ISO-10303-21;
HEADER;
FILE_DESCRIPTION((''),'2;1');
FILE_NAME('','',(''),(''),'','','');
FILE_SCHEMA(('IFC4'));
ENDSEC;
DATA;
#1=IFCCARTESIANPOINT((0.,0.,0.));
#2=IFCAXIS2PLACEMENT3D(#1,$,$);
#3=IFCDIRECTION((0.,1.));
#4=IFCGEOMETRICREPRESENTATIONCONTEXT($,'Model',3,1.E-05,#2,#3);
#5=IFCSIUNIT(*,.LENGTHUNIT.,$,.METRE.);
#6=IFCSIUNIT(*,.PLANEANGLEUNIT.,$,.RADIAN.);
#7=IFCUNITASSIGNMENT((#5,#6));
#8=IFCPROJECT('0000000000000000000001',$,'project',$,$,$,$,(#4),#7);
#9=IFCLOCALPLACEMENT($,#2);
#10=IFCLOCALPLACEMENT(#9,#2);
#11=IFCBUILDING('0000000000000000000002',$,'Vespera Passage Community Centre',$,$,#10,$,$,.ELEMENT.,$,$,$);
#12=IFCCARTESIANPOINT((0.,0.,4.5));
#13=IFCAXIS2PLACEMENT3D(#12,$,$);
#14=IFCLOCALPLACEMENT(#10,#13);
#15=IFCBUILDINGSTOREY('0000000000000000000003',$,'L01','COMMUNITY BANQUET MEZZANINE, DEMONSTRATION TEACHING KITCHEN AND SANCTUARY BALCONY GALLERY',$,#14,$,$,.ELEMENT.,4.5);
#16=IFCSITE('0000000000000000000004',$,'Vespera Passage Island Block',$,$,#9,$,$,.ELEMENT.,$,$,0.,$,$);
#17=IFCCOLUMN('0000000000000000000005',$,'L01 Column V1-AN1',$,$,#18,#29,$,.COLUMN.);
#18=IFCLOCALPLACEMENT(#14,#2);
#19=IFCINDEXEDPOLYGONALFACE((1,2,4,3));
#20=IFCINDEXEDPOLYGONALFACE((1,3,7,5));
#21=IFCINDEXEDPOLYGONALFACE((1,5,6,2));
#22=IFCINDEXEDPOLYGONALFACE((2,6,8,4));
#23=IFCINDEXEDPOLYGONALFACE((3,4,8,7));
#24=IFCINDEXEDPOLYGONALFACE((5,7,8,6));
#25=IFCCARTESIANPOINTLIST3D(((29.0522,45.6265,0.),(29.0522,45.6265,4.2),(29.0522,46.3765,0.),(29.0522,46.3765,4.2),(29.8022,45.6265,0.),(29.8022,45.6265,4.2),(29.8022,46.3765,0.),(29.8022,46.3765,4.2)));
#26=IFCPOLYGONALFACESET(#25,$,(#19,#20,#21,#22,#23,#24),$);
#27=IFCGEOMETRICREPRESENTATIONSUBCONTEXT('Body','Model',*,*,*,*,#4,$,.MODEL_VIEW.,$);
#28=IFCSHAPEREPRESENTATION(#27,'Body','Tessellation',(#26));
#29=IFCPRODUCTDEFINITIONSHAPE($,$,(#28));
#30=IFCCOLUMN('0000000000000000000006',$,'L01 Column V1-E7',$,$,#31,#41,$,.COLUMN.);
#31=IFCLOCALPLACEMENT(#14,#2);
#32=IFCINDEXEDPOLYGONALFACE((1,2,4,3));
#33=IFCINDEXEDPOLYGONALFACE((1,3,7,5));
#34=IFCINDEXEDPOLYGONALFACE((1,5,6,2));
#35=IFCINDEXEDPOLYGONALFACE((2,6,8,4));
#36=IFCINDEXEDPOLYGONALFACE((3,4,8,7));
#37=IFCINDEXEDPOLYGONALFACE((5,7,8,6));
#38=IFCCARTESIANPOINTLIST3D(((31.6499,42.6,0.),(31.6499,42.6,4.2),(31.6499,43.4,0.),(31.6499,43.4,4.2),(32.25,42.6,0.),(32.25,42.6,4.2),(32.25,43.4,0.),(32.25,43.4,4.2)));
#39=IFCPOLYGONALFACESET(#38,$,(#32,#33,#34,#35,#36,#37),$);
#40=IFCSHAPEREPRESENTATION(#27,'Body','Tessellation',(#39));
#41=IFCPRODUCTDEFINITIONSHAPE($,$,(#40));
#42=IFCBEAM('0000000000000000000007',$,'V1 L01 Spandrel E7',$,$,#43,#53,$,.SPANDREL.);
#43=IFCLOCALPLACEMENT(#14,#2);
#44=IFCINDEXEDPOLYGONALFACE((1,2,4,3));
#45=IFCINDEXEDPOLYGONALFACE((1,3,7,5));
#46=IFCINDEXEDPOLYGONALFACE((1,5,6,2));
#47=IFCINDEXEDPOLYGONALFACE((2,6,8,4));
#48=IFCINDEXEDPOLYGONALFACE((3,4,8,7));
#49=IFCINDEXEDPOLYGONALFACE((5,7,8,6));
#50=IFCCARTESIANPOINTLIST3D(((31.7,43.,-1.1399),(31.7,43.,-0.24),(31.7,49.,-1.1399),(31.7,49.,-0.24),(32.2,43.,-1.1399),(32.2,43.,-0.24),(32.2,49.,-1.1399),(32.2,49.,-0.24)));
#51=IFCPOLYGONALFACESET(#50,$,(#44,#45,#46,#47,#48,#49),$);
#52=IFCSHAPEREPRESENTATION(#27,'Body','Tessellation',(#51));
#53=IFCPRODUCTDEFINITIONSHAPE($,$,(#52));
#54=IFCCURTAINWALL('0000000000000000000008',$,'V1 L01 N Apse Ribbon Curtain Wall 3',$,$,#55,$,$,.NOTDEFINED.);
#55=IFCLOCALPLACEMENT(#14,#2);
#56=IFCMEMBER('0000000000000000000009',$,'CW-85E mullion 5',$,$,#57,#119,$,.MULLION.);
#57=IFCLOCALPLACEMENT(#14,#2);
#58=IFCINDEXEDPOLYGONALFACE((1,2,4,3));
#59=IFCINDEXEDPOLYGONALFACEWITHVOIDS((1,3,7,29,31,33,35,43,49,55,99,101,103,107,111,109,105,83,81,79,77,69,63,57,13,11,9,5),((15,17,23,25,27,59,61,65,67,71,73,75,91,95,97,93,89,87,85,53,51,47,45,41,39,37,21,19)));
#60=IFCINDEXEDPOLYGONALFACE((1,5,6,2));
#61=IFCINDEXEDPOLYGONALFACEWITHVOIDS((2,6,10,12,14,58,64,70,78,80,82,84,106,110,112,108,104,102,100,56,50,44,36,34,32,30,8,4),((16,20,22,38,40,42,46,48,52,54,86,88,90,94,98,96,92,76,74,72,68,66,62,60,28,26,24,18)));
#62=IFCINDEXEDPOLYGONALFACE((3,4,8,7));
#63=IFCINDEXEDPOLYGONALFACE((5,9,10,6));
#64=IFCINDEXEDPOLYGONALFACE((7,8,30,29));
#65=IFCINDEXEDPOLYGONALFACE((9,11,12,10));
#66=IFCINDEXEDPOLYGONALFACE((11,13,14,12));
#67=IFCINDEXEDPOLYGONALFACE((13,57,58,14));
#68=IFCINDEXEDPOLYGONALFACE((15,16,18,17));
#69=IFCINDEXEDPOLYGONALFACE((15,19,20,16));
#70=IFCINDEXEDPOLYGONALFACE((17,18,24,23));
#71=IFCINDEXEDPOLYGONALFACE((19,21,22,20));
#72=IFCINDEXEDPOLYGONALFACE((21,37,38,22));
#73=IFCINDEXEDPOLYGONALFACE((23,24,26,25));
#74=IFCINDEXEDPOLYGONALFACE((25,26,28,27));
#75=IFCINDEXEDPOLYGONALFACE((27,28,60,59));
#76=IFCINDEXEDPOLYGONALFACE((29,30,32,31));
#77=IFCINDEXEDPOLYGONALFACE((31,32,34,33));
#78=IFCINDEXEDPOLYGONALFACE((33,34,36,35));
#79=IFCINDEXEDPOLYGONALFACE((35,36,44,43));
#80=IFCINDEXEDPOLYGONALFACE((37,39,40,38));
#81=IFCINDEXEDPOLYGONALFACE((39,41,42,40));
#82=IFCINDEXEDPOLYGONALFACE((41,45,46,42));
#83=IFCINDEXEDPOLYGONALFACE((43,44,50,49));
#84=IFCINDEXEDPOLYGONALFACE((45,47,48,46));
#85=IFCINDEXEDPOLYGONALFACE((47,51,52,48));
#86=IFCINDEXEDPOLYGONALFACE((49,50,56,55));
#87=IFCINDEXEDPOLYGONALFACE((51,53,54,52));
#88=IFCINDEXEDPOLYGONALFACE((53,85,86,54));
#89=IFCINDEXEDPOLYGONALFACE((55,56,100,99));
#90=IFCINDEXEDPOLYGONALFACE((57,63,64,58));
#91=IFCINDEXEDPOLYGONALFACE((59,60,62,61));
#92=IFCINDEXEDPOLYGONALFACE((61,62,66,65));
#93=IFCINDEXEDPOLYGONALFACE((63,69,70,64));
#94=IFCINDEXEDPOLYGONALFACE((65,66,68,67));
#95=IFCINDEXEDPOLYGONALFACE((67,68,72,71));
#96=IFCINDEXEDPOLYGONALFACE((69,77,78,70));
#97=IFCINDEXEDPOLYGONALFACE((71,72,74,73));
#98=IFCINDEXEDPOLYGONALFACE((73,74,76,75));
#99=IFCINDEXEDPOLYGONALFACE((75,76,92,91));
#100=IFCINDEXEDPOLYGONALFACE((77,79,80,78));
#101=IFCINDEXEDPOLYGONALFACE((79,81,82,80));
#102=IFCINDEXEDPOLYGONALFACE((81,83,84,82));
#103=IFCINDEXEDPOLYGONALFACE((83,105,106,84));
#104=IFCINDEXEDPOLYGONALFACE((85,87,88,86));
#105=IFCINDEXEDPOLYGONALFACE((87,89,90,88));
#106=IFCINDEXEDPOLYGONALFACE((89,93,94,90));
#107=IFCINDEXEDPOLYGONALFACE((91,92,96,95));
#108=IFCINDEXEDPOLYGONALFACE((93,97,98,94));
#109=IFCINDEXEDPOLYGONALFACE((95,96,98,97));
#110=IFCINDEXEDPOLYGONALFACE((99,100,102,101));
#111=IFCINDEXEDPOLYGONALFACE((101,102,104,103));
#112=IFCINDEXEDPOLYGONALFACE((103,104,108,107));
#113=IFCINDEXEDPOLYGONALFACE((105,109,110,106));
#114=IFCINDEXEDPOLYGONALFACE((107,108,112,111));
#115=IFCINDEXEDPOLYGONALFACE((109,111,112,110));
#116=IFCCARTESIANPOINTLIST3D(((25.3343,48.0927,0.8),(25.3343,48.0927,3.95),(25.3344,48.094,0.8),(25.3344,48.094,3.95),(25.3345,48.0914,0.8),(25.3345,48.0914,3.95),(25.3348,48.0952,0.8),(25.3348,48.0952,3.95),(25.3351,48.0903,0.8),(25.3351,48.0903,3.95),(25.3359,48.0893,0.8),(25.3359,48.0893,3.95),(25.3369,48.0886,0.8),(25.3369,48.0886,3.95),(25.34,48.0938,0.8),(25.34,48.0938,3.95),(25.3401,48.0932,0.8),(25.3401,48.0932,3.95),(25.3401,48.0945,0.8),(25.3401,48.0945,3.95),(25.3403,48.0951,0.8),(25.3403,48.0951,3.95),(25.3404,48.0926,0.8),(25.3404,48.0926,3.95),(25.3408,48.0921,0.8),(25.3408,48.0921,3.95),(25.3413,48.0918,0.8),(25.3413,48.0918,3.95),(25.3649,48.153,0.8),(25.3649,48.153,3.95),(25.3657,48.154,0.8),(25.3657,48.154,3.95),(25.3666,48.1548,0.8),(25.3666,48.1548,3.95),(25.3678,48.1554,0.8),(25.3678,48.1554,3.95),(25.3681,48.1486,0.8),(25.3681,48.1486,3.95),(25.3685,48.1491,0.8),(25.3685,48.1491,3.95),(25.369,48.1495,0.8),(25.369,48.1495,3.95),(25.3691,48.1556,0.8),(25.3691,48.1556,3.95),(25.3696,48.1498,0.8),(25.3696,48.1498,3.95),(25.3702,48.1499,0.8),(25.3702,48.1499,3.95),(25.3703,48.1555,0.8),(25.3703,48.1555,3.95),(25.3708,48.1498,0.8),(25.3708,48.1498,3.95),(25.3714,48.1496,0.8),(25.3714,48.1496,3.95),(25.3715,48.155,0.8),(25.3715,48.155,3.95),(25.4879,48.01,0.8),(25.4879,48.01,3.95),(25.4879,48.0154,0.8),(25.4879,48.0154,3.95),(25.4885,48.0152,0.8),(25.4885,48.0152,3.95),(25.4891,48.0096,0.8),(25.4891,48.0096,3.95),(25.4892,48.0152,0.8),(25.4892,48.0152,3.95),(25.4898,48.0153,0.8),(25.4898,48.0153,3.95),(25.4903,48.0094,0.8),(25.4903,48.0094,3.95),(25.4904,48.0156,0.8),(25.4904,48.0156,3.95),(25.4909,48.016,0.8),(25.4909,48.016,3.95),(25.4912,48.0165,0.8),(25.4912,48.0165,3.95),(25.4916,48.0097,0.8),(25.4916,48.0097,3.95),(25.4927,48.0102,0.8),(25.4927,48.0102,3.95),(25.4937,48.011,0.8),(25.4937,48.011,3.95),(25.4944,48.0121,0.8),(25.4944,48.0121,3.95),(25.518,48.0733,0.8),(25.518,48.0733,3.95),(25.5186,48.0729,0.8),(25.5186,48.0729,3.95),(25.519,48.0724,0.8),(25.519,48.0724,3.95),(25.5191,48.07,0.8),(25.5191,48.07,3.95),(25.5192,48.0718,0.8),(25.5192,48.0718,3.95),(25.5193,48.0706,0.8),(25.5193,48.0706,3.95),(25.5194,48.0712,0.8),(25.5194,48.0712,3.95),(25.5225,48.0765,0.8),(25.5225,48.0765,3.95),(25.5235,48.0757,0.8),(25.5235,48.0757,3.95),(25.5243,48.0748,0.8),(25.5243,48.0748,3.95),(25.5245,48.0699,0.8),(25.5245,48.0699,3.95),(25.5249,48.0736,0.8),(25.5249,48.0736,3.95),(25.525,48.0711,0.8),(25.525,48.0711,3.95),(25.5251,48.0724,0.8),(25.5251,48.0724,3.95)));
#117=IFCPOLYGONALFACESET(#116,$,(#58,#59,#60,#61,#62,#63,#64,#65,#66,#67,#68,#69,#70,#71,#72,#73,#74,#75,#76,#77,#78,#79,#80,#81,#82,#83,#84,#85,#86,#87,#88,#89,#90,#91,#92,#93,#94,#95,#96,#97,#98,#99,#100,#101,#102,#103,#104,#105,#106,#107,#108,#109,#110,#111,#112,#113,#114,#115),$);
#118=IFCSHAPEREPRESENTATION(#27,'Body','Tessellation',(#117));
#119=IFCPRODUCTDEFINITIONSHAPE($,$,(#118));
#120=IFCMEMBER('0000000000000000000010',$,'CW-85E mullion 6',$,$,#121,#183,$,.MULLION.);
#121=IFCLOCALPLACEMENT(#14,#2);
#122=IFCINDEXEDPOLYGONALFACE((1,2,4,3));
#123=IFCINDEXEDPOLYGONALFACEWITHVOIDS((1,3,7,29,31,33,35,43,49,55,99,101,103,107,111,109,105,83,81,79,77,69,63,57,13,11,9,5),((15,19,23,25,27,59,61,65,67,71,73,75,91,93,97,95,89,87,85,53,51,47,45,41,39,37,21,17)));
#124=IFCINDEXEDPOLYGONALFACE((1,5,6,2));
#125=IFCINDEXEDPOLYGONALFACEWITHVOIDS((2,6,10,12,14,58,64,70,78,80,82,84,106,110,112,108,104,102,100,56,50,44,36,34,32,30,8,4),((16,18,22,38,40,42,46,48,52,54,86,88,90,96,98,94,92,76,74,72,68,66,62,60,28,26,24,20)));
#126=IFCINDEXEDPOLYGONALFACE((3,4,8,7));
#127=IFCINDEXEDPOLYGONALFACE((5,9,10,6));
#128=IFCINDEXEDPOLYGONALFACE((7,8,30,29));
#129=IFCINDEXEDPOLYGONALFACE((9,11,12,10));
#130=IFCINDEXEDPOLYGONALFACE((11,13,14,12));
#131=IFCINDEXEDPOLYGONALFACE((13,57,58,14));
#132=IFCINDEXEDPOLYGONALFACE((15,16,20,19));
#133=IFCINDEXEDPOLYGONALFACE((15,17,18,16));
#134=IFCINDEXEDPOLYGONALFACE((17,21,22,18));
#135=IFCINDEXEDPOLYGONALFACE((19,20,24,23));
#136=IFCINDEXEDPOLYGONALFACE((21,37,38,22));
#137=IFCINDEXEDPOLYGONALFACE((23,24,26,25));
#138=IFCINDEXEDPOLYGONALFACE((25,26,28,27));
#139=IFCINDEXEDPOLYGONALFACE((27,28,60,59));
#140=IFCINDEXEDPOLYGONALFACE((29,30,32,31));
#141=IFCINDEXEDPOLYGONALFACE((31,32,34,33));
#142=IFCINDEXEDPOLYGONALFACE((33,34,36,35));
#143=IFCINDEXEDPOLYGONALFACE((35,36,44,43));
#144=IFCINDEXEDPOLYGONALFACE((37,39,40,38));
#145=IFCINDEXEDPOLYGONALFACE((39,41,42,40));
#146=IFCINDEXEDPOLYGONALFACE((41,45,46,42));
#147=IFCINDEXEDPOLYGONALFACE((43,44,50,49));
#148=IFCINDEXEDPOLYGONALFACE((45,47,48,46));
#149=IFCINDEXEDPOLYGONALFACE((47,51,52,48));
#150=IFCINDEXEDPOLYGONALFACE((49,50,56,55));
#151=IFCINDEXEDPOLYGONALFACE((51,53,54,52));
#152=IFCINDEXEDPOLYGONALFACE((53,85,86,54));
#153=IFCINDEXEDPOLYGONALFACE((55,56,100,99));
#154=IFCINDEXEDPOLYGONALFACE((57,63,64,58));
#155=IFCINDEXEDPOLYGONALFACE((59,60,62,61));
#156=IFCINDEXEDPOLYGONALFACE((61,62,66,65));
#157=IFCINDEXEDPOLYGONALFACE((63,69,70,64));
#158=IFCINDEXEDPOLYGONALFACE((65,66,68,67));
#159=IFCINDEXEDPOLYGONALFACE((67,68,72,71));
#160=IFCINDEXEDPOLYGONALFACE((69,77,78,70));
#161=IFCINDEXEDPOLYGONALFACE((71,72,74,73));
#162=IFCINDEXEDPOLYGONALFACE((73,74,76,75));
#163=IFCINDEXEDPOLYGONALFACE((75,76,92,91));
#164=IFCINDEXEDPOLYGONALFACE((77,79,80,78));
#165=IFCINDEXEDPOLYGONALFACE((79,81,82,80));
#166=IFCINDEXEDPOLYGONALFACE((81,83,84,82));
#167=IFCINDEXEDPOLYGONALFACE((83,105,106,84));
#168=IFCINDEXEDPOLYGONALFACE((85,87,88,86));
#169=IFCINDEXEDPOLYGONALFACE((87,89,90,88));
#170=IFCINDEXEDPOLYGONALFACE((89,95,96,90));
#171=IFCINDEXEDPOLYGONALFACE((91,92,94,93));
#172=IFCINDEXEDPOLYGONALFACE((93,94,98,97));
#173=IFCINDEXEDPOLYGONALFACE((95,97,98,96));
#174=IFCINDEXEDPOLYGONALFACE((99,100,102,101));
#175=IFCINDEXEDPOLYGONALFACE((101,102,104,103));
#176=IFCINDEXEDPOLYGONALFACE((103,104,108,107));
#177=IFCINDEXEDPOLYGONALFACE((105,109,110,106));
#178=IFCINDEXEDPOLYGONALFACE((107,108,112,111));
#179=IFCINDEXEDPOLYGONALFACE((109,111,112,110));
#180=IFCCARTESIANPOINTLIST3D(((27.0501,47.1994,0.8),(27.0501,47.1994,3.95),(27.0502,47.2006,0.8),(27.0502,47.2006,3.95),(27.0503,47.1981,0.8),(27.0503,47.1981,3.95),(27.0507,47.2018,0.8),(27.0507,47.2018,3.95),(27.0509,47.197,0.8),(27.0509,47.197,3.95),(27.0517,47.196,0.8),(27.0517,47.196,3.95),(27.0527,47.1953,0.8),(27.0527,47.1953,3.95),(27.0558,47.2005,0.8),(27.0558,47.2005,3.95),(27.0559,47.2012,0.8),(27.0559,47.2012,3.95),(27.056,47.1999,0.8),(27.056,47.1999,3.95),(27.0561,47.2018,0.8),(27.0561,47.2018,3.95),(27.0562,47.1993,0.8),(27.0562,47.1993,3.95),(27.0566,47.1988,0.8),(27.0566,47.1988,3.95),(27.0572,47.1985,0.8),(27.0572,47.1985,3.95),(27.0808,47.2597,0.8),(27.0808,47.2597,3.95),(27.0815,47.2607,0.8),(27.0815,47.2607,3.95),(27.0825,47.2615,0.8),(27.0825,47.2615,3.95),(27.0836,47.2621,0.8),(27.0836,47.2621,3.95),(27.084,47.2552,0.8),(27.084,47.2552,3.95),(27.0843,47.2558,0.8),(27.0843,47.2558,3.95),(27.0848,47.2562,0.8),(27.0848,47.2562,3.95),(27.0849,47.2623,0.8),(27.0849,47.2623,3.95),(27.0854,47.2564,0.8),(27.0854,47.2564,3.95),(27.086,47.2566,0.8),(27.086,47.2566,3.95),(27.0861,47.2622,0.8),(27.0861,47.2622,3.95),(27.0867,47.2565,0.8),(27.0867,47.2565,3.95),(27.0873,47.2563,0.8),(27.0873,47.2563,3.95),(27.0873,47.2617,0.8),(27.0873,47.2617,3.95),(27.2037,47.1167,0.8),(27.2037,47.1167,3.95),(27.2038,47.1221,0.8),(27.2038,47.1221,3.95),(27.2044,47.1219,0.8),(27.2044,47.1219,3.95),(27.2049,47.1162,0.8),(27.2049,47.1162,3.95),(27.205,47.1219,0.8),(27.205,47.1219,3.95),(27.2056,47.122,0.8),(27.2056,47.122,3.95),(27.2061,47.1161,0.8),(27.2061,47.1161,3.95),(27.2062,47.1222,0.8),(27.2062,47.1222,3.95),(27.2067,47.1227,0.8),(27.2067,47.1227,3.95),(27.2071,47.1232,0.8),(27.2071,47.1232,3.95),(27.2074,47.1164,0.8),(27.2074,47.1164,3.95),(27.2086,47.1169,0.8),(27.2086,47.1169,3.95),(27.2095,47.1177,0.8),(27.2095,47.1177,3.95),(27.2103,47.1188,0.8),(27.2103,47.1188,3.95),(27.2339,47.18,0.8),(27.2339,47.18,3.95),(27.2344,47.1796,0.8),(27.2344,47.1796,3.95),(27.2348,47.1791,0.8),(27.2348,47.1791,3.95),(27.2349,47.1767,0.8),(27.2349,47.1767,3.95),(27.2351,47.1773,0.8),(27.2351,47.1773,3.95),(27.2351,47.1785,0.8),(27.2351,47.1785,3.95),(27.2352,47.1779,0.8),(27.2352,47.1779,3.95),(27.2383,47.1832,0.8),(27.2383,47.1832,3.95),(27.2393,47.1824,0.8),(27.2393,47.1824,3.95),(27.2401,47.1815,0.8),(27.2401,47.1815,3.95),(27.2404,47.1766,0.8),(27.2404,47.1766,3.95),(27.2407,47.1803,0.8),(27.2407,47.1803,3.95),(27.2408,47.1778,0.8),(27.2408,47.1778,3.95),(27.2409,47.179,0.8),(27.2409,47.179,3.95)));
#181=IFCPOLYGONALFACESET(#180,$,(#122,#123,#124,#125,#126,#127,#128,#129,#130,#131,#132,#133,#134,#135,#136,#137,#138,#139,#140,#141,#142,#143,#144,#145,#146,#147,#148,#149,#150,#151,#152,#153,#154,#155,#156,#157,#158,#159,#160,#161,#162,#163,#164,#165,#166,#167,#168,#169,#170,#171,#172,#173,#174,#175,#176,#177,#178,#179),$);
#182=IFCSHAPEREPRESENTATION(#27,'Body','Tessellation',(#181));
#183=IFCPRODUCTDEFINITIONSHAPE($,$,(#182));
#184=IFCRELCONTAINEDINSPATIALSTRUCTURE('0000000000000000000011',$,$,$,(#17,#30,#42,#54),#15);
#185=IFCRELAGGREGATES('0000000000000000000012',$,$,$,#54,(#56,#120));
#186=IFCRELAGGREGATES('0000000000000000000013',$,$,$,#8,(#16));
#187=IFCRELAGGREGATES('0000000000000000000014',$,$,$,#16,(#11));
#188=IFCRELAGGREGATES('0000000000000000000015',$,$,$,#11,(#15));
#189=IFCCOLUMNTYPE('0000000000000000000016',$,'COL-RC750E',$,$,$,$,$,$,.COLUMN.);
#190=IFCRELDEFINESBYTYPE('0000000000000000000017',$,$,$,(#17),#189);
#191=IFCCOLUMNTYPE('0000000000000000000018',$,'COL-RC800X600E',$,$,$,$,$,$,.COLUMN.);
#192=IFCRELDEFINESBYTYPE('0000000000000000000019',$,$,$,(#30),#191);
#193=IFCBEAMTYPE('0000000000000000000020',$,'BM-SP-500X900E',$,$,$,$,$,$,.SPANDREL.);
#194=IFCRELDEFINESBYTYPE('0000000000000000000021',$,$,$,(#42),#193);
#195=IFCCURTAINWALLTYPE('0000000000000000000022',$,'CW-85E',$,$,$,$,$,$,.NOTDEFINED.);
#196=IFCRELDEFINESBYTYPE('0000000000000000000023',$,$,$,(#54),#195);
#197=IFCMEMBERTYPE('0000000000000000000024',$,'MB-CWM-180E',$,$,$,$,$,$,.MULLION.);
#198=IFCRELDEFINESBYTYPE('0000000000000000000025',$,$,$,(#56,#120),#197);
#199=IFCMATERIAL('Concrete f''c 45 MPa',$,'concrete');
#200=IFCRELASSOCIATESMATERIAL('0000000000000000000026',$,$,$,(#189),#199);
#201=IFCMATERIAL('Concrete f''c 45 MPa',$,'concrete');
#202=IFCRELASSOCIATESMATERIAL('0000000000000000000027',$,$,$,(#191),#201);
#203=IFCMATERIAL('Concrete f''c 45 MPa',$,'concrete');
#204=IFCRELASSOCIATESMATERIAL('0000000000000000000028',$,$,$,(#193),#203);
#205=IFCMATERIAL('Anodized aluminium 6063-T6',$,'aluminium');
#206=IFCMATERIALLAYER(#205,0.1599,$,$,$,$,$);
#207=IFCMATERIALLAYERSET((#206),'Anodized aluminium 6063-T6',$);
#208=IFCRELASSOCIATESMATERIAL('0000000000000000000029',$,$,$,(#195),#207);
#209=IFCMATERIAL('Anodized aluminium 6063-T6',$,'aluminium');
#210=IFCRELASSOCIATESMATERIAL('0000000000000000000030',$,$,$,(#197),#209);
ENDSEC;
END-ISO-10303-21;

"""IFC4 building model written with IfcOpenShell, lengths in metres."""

from ifc_helpers import new_model, si_unit, direction, frame, origin, origin_2d, place, context, subcontext, project, spatial, rectangle, hollow_rectangle, extrude, material, layer, layer_set, material_profile, profile_set, type_object, element, aggregate, save


model = new_model("IFC4")

# Units and contexts
model_context = context("Model", 3, precision=1e-05, world=origin(), true_north=direction((0.0, 1.0)))
body_context = subcontext(model_context, "Body", "Model", "MODEL_VIEW")
ifc_project = project(units=[si_unit("LENGTHUNIT", "METRE"), si_unit("PLANEANGLEUNIT", "RADIAN")], contexts=[model_context])

# Site, building, storey
site_placement = place(None, origin())
site = spatial("IfcSite", under=ifc_project, at=site_placement, Name="Vespera Passage Island Block", CompositionType="ELEMENT", RefElevation=0.0)
building_placement = place(site_placement, origin())
building = spatial("IfcBuilding", under=site, at=building_placement, Name="Vespera Passage Community Centre", CompositionType="ELEMENT")
storey_placement = place(building_placement, frame((0.0, 0.0, 4.5)))
storey = spatial("IfcBuildingStorey", under=building, at=storey_placement, Name="L01", Description="COMMUNITY BANQUET MEZZANINE, DEMONSTRATION TEACHING KITCHEN AND SANCTUARY BALCONY GALLERY", CompositionType="ELEMENT", Elevation=4.5)

# Columns
ifc_material_1 = material(Name="Concrete f'c 45 MPa", Category="concrete")
ifc_material_profile_1 = material_profile(ifc_material_1, rectangle(XDim=0.75, YDim=0.75, at=origin_2d()), Name="RC750X750")
ifc_profile_set_1 = profile_set([ifc_material_profile_1], Name="Concrete f'c 45 MPa")
column_type_1 = type_object("IfcColumnType", Name="COL-RC750E", PredefinedType="COLUMN", material=ifc_profile_set_1)
column_1_placement = place(storey_placement, frame((29.4272, 46.0015, 0.0), z_axis=(0.0, 0.0, 1.0), x_axis=(1.0, 0.0, 0.0)))
element("IfcColumn", 1, at=column_1_placement, inside=storey, type_object=column_type_1, Name="L01 Column V1-AN1", PredefinedType="COLUMN", context=body_context, shape_type="SweptSolid", body=[
    extrude(rectangle(XDim=0.75, YDim=0.75, at=origin_2d()), origin(), (0.0, 0.0, 1.0), 4.2),
])
ifc_material_2 = material(Name="Concrete f'c 45 MPa", Category="concrete")
ifc_material_profile_2 = material_profile(ifc_material_2, rectangle(XDim=0.6001, YDim=0.8, at=origin_2d()), Name="RC800X600")
ifc_profile_set_2 = profile_set([ifc_material_profile_2], Name="Concrete f'c 45 MPa")
column_type_2 = type_object("IfcColumnType", Name="COL-RC800X600E", PredefinedType="COLUMN", material=ifc_profile_set_2)
column_2_placement = place(storey_placement, frame((31.95, 43.0, 0.0), z_axis=(0.0, 0.0, 1.0), x_axis=(1.0, 0.0, 0.0)))
element("IfcColumn", 2, at=column_2_placement, inside=storey, type_object=column_type_2, Name="L01 Column V1-E7", PredefinedType="COLUMN", context=body_context, shape_type="SweptSolid", body=[
    extrude(rectangle(XDim=0.6001, YDim=0.8, at=origin_2d()), origin(), (0.0, 0.0, 1.0), 4.2),
])

# Beam
ifc_material_3 = material(Name="Concrete f'c 45 MPa", Category="concrete")
ifc_material_profile_3 = material_profile(ifc_material_3, rectangle(XDim=0.5, YDim=0.8999, at=origin_2d()), Name="RC500X900")
ifc_profile_set_3 = profile_set([ifc_material_profile_3], Name="Concrete f'c 45 MPa")
beam_type = type_object("IfcBeamType", Name="BM-SP-500X900E", PredefinedType="SPANDREL", material=ifc_profile_set_3)
beam_placement = place(storey_placement, frame((31.95, 43.0, -0.6899), z_axis=(0.0, 1.0, 0.0), x_axis=(-1.0, 0.0, 0.0)))
element("IfcBeam", 3, at=beam_placement, inside=storey, type_object=beam_type, Name="V1 L01 Spandrel E7", PredefinedType="SPANDREL", context=body_context, shape_type="SweptSolid", body=[
    extrude(rectangle(XDim=0.5, YDim=0.8999, at=origin_2d()), origin(), (0.0, 0.0, 1.0), 6.0),
])

# Curtain wall, members
ifc_material_4 = material(Name="Anodized aluminium 6063-T6", Category="aluminium")
ifc_layer_1 = layer(ifc_material_4, 0.1599)
ifc_layer_set_1 = layer_set([ifc_layer_1], Name="Anodized aluminium 6063-T6")
curtain_wall_type_1 = type_object("IfcCurtainWallType", Name="CW-85E", PredefinedType="NOTDEFINED", material=ifc_layer_set_1)
curtain_wall_1_placement = place(storey_placement, origin())
curtain_wall_1 = element("IfcCurtainWall", 4, at=curtain_wall_1_placement, inside=storey, type_object=curtain_wall_type_1, Name="V1 L01 N Apse Ribbon Curtain Wall 3", PredefinedType="NOTDEFINED")
ifc_material_5 = material(Name="Anodized aluminium 6063-T6", Category="aluminium")
ifc_material_profile_4 = material_profile(ifc_material_5, hollow_rectangle(XDim=0.075, YDim=0.1799, WallThickness=0.0049, InnerFilletRadius=0.0024, OuterFilletRadius=0.0049, at=origin_2d()), Name="ALU180X75X5")
ifc_profile_set_4 = profile_set([ifc_material_profile_4], Name="Anodized aluminium 6063-T6")
member_type_1 = type_object("IfcMemberType", Name="MB-CWM-180E", PredefinedType="MULLION", material=ifc_profile_set_4)
member_1_placement = place(storey_placement, frame((25.4297, 48.0825, 0.8), z_axis=(0.0, 0.0, 1.0), x_axis=(0.461745, 0.887013, 0.0)))
member_1 = element("IfcMember", 5, at=member_1_placement, type_object=member_type_1, Name="CW-85E mullion 5", PredefinedType="MULLION", context=body_context, shape_type="SweptSolid", body=[
    extrude(hollow_rectangle(XDim=0.075, YDim=0.1799, WallThickness=0.0049, InnerFilletRadius=0.0024, OuterFilletRadius=0.0049, at=origin_2d()), origin(), (0.0, 0.0, 1.0), 3.1499),
])
member_2_placement = place(storey_placement, frame((27.1455, 47.1892, 0.8), z_axis=(0.0, 0.0, 1.0), x_axis=(0.461745, 0.887013, 0.0)))
member_2 = element("IfcMember", 6, at=member_2_placement, type_object=member_type_1, Name="CW-85E mullion 6", PredefinedType="MULLION", context=body_context, shape_type="SweptSolid", body=[
    extrude(hollow_rectangle(XDim=0.075, YDim=0.1799, WallThickness=0.0049, InnerFilletRadius=0.0024, OuterFilletRadius=0.0049, at=origin_2d()), origin(), (0.0, 0.0, 1.0), 3.1499),
])

aggregate(curtain_wall_1, [member_1, member_2])

save(model, "model.ifc")
